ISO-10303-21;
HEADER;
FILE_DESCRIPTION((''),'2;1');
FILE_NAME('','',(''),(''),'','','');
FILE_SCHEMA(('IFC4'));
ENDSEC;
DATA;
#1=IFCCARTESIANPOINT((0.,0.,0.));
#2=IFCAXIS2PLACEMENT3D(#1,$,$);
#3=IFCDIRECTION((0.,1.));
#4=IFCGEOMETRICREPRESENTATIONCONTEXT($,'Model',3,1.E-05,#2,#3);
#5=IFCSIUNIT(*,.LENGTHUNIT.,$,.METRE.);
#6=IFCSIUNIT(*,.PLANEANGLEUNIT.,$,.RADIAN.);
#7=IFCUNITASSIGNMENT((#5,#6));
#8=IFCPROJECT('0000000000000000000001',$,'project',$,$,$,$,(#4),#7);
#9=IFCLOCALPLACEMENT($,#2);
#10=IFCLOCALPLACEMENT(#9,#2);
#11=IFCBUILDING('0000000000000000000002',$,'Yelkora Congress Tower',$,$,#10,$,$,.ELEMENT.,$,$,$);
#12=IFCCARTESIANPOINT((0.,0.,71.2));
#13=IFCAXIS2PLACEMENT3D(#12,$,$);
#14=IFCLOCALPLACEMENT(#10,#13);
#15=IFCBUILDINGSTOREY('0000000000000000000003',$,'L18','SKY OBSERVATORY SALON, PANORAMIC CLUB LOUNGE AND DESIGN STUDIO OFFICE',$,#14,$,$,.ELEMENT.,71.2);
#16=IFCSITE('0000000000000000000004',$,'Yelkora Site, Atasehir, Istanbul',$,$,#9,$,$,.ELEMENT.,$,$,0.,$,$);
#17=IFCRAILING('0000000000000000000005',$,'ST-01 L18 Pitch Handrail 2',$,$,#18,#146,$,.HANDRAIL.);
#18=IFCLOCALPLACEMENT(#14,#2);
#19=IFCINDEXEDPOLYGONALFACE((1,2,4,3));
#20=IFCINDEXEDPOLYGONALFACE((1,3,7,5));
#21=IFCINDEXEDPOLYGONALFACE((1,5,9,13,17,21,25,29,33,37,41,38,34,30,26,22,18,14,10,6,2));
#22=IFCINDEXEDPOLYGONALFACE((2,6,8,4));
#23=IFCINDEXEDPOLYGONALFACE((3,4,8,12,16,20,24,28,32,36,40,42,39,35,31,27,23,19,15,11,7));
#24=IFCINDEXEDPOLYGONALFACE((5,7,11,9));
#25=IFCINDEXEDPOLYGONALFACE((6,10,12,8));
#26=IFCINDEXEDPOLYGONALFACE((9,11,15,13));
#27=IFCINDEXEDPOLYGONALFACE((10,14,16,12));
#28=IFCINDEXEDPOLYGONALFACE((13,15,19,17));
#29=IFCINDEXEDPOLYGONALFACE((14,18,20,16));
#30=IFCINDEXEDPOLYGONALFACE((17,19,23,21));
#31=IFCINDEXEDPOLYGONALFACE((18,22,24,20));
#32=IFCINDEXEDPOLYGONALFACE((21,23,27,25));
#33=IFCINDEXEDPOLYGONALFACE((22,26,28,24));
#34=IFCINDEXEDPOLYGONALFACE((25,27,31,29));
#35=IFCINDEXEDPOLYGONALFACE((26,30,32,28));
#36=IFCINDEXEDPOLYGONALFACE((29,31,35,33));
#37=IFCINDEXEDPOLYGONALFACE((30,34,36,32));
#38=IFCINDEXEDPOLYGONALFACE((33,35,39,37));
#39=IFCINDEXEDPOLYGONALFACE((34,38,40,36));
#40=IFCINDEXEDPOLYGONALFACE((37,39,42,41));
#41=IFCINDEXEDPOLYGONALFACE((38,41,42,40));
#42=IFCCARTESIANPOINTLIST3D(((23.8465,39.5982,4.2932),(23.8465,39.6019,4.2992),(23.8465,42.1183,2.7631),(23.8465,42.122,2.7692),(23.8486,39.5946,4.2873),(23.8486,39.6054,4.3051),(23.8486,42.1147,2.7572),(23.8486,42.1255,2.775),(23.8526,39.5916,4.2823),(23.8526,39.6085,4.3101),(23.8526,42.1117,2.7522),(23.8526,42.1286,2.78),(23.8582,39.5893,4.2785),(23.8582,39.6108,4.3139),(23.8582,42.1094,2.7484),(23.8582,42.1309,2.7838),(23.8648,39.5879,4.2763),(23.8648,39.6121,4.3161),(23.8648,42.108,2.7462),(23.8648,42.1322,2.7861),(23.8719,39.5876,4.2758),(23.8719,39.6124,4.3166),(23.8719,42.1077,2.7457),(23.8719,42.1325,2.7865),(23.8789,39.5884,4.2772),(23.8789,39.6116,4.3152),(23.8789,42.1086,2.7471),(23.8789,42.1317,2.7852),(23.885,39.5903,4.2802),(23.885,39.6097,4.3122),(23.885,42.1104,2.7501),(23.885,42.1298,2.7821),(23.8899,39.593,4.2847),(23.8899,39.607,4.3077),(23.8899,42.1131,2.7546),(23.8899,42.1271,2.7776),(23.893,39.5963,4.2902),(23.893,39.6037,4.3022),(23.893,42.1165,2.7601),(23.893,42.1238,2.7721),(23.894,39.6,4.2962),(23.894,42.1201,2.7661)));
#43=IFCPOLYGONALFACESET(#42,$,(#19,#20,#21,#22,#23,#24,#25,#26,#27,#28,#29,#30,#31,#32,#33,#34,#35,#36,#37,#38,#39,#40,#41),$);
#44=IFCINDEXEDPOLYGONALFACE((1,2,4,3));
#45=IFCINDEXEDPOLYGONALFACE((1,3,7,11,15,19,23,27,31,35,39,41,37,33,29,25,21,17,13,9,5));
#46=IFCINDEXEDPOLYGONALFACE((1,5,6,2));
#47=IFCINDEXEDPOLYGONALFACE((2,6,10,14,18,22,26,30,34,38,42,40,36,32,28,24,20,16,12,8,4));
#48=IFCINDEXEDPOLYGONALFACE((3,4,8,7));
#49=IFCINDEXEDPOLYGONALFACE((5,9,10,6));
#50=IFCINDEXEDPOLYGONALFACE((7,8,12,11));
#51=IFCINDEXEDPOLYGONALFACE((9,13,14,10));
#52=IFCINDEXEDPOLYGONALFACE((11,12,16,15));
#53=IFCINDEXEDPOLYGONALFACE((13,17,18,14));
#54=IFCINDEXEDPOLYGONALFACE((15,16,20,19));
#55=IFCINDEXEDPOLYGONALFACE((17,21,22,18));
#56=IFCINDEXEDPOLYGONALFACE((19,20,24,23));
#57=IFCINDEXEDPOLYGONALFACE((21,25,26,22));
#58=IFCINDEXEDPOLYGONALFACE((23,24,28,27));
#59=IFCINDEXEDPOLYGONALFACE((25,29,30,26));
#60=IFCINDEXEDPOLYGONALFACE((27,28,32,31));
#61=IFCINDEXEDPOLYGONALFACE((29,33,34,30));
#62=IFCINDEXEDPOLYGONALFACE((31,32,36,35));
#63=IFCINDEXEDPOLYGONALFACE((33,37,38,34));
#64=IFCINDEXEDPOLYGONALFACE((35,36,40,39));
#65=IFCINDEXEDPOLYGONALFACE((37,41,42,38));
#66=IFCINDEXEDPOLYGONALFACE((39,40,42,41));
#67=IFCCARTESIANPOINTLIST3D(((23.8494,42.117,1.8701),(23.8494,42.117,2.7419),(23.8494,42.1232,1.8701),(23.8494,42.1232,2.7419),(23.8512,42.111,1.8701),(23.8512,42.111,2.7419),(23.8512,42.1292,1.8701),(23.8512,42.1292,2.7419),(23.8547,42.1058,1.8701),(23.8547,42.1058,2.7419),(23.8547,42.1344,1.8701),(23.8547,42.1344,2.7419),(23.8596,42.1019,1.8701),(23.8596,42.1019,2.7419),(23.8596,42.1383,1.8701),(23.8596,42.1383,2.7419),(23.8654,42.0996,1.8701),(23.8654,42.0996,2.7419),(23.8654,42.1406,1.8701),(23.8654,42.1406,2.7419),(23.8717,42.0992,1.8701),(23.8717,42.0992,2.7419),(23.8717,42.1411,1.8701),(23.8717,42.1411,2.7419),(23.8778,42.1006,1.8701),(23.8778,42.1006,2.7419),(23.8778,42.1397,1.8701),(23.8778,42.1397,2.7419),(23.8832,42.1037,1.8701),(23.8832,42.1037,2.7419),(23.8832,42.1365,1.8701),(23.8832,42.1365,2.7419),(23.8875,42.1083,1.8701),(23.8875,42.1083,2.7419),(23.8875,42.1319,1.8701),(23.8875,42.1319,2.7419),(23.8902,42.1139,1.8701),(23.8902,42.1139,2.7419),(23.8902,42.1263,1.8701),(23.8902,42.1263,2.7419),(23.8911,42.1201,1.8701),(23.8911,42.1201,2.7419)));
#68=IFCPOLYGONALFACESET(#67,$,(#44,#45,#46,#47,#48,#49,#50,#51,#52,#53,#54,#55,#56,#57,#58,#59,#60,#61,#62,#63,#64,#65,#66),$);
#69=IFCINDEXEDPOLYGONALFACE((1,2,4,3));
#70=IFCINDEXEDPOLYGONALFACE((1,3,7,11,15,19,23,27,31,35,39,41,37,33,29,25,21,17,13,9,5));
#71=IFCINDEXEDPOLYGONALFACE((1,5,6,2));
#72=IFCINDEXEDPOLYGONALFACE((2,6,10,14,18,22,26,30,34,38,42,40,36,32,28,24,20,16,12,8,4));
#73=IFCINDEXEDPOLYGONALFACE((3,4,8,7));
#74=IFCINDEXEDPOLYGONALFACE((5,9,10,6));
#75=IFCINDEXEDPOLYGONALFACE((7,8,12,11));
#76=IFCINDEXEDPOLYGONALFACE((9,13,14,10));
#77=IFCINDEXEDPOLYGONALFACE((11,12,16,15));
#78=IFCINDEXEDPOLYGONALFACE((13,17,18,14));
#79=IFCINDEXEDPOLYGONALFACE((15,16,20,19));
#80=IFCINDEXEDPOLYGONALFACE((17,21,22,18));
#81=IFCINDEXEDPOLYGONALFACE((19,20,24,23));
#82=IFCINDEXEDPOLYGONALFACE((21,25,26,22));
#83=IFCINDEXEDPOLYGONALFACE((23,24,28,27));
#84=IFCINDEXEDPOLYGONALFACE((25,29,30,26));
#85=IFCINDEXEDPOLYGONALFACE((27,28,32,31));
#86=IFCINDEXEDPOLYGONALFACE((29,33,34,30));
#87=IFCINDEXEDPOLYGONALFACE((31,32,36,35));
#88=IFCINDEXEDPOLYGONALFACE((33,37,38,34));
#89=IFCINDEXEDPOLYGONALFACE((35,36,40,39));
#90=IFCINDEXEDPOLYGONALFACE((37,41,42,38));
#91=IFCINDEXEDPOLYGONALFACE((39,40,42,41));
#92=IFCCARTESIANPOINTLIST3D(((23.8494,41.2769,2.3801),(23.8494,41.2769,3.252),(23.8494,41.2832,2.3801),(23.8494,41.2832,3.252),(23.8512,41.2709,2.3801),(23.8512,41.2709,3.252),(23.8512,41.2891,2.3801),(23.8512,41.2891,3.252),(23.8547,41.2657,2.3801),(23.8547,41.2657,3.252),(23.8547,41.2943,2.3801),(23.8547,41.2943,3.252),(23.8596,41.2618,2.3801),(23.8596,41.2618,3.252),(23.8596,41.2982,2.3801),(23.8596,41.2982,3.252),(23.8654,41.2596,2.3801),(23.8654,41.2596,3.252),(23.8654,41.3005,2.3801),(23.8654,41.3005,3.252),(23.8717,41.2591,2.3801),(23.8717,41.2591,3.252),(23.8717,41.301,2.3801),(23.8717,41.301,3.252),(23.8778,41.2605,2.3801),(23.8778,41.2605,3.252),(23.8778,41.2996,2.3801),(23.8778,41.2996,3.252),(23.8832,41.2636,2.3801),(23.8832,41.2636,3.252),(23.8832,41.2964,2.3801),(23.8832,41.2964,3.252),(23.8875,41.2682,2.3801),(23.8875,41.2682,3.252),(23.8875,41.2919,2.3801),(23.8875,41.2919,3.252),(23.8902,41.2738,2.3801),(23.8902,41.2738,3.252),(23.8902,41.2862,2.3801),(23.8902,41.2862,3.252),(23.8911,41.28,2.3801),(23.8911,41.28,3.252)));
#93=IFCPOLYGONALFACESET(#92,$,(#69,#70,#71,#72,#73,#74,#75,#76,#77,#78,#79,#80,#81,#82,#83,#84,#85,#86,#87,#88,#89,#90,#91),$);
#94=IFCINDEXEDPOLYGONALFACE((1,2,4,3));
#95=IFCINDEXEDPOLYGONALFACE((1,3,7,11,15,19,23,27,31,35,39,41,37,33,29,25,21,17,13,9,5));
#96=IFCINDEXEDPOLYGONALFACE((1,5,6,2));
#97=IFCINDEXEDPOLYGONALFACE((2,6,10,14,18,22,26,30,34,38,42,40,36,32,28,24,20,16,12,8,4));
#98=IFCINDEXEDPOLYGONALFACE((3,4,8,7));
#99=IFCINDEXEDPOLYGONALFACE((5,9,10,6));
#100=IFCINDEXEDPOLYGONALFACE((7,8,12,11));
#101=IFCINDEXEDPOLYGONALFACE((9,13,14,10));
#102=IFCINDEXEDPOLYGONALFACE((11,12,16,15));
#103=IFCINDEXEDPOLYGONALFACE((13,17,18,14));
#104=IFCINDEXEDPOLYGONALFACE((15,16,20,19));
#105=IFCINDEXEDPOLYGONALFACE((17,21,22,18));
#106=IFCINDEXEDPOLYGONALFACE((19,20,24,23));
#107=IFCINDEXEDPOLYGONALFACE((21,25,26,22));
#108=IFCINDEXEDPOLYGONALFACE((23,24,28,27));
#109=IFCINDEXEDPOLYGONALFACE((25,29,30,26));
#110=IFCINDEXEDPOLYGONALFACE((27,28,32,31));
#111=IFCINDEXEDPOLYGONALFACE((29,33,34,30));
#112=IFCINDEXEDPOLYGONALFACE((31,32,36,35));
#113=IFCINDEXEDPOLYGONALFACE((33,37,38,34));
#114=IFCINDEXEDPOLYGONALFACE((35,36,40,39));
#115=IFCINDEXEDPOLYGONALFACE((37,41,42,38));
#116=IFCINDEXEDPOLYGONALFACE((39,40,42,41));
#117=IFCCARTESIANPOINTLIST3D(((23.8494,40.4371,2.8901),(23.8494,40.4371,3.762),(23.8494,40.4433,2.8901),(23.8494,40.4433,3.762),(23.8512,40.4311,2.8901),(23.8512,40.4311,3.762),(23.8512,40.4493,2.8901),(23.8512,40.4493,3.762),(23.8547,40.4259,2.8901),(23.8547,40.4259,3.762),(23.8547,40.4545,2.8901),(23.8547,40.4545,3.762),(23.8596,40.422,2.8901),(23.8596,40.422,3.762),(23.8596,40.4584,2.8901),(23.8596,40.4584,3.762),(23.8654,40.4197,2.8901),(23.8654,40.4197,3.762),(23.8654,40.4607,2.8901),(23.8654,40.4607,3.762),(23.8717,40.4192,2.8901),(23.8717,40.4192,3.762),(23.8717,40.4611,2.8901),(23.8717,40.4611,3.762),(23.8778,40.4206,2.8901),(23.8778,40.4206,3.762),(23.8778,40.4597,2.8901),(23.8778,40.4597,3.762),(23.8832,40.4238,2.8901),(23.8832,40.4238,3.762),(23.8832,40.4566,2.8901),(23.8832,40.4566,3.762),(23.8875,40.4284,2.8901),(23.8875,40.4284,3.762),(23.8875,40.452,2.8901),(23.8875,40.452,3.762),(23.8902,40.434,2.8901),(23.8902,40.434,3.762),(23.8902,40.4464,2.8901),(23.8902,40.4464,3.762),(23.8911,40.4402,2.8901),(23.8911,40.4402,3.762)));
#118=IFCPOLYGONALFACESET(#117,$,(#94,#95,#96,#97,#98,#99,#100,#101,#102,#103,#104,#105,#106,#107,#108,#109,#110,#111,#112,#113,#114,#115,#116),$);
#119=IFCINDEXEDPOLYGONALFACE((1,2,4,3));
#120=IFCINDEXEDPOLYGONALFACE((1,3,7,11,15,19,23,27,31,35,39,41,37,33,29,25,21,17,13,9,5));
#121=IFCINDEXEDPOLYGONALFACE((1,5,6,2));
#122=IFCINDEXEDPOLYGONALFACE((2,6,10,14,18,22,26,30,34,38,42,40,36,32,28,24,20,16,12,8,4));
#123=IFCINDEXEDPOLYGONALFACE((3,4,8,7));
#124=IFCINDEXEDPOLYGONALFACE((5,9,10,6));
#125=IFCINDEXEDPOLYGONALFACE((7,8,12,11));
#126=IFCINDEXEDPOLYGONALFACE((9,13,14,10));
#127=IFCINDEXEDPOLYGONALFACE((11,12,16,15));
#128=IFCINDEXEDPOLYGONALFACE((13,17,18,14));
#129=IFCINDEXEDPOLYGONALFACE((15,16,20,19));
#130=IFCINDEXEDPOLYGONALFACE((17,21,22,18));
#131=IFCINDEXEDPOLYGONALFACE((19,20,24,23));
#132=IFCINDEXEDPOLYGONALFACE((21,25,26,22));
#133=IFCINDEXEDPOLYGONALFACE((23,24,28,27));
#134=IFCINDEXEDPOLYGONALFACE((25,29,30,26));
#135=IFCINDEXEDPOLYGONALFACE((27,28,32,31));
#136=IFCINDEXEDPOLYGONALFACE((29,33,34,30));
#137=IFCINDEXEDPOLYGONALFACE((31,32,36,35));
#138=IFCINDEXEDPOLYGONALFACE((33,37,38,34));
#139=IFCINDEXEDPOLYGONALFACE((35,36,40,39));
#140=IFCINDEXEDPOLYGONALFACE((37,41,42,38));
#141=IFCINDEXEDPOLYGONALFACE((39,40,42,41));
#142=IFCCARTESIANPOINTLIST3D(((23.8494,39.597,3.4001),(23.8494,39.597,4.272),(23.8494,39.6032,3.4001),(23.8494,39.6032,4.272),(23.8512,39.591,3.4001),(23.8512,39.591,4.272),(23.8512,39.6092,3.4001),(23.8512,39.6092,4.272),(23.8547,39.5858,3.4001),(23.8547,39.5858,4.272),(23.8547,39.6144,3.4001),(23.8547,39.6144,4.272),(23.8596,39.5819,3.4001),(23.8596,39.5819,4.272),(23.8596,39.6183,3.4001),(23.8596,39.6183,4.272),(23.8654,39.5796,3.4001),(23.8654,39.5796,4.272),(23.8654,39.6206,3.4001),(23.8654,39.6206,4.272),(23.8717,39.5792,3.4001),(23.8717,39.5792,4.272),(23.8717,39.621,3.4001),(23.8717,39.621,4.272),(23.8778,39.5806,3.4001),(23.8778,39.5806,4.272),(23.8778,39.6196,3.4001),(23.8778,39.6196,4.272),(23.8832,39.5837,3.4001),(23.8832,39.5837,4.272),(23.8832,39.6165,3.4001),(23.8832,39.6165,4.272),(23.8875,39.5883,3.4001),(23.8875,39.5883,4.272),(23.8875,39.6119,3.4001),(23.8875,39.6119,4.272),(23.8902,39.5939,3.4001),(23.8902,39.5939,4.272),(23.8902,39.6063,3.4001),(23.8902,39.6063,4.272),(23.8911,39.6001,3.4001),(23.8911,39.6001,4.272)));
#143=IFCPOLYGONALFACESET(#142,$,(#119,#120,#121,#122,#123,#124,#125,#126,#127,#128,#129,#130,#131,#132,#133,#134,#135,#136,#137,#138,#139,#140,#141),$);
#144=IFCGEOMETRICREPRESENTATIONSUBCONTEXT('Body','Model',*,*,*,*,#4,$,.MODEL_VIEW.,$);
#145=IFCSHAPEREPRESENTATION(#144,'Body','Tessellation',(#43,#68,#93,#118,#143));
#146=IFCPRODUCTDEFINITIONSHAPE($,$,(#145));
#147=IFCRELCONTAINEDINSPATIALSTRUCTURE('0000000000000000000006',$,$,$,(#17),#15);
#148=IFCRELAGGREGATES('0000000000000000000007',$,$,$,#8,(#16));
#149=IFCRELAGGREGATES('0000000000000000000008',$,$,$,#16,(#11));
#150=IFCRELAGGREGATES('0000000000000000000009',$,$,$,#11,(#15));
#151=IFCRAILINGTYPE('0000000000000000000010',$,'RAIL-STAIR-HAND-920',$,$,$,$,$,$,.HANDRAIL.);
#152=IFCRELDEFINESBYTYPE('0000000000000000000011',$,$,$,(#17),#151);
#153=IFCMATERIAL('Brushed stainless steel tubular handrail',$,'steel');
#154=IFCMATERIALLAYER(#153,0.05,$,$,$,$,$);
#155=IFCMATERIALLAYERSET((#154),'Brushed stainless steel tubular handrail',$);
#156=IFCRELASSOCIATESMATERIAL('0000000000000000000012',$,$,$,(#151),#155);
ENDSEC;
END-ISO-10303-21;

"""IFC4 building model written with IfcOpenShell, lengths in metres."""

from ifc_helpers import new_model, si_unit, direction, frame, origin, origin_2d, place, context, subcontext, project, spatial, circle, extrude, material, layer, layer_set, type_object, element, save


model = new_model("IFC4")

# Units and contexts
model_context = context("Model", 3, precision=1e-05, world=origin(), true_north=direction((0.0, 1.0)))
body_context = subcontext(model_context, "Body", "Model", "MODEL_VIEW")
ifc_project = project(units=[si_unit("LENGTHUNIT", "METRE"), si_unit("PLANEANGLEUNIT", "RADIAN")], contexts=[model_context])

# Site, building, storey
site_placement = place(None, origin())
site = spatial("IfcSite", under=ifc_project, at=site_placement, Name="Yelkora Site, Atasehir, Istanbul", CompositionType="ELEMENT", RefElevation=0.0)
building_placement = place(site_placement, origin())
building = spatial("IfcBuilding", under=site, at=building_placement, Name="Yelkora Congress Tower", CompositionType="ELEMENT")
storey_placement = place(building_placement, frame((0.0, 0.0, 71.2)))
storey = spatial("IfcBuildingStorey", under=building, at=storey_placement, Name="L18", Description="SKY OBSERVATORY SALON, PANORAMIC CLUB LOUNGE AND DESIGN STUDIO OFFICE", CompositionType="ELEMENT", Elevation=71.2)

# Railing
ifc_material_1 = material(Name="Brushed stainless steel tubular handrail", Category="steel")
ifc_layer_1 = layer(ifc_material_1, 0.05)
ifc_layer_set_1 = layer_set([ifc_layer_1], Name="Brushed stainless steel tubular handrail")
railing_type_1 = type_object("IfcRailingType", Name="RAIL-STAIR-HAND-920", PredefinedType="HANDRAIL", material=ifc_layer_set_1)
railing_1_placement = place(storey_placement, frame((23.8701, 42.1201, 1.8701)))
element("IfcRailing", 1, at=railing_1_placement, inside=storey, type_object=railing_type_1, Name="ST-01 L18 Pitch Handrail 2", PredefinedType="HANDRAIL", context=body_context, shape_type="SweptSolid", body=[
    extrude(circle(Radius=0.0239, at=origin_2d()), frame((0.0, 0.0, 0.896), z_axis=(0.0, -0.854785, 0.518982), x_axis=(1.0, 0.0, 0.0)), (0.0, 0.0, 1.0), 2.9482),
    extrude(circle(Radius=0.021, at=origin_2d()), origin(), (0.0, 0.0, 1.0), 0.8718),
    extrude(circle(Radius=0.021, at=origin_2d()), frame((0.0, -0.8401, 0.51)), (0.0, 0.0, 1.0), 0.8718),
    extrude(circle(Radius=0.021, at=origin_2d()), frame((0.0, -1.6799, 1.02)), (0.0, 0.0, 1.0), 0.8718),
    extrude(circle(Radius=0.021, at=origin_2d()), frame((0.0, -2.52, 1.53)), (0.0, 0.0, 1.0), 0.8718),
])

save(model, "model.ifc")
